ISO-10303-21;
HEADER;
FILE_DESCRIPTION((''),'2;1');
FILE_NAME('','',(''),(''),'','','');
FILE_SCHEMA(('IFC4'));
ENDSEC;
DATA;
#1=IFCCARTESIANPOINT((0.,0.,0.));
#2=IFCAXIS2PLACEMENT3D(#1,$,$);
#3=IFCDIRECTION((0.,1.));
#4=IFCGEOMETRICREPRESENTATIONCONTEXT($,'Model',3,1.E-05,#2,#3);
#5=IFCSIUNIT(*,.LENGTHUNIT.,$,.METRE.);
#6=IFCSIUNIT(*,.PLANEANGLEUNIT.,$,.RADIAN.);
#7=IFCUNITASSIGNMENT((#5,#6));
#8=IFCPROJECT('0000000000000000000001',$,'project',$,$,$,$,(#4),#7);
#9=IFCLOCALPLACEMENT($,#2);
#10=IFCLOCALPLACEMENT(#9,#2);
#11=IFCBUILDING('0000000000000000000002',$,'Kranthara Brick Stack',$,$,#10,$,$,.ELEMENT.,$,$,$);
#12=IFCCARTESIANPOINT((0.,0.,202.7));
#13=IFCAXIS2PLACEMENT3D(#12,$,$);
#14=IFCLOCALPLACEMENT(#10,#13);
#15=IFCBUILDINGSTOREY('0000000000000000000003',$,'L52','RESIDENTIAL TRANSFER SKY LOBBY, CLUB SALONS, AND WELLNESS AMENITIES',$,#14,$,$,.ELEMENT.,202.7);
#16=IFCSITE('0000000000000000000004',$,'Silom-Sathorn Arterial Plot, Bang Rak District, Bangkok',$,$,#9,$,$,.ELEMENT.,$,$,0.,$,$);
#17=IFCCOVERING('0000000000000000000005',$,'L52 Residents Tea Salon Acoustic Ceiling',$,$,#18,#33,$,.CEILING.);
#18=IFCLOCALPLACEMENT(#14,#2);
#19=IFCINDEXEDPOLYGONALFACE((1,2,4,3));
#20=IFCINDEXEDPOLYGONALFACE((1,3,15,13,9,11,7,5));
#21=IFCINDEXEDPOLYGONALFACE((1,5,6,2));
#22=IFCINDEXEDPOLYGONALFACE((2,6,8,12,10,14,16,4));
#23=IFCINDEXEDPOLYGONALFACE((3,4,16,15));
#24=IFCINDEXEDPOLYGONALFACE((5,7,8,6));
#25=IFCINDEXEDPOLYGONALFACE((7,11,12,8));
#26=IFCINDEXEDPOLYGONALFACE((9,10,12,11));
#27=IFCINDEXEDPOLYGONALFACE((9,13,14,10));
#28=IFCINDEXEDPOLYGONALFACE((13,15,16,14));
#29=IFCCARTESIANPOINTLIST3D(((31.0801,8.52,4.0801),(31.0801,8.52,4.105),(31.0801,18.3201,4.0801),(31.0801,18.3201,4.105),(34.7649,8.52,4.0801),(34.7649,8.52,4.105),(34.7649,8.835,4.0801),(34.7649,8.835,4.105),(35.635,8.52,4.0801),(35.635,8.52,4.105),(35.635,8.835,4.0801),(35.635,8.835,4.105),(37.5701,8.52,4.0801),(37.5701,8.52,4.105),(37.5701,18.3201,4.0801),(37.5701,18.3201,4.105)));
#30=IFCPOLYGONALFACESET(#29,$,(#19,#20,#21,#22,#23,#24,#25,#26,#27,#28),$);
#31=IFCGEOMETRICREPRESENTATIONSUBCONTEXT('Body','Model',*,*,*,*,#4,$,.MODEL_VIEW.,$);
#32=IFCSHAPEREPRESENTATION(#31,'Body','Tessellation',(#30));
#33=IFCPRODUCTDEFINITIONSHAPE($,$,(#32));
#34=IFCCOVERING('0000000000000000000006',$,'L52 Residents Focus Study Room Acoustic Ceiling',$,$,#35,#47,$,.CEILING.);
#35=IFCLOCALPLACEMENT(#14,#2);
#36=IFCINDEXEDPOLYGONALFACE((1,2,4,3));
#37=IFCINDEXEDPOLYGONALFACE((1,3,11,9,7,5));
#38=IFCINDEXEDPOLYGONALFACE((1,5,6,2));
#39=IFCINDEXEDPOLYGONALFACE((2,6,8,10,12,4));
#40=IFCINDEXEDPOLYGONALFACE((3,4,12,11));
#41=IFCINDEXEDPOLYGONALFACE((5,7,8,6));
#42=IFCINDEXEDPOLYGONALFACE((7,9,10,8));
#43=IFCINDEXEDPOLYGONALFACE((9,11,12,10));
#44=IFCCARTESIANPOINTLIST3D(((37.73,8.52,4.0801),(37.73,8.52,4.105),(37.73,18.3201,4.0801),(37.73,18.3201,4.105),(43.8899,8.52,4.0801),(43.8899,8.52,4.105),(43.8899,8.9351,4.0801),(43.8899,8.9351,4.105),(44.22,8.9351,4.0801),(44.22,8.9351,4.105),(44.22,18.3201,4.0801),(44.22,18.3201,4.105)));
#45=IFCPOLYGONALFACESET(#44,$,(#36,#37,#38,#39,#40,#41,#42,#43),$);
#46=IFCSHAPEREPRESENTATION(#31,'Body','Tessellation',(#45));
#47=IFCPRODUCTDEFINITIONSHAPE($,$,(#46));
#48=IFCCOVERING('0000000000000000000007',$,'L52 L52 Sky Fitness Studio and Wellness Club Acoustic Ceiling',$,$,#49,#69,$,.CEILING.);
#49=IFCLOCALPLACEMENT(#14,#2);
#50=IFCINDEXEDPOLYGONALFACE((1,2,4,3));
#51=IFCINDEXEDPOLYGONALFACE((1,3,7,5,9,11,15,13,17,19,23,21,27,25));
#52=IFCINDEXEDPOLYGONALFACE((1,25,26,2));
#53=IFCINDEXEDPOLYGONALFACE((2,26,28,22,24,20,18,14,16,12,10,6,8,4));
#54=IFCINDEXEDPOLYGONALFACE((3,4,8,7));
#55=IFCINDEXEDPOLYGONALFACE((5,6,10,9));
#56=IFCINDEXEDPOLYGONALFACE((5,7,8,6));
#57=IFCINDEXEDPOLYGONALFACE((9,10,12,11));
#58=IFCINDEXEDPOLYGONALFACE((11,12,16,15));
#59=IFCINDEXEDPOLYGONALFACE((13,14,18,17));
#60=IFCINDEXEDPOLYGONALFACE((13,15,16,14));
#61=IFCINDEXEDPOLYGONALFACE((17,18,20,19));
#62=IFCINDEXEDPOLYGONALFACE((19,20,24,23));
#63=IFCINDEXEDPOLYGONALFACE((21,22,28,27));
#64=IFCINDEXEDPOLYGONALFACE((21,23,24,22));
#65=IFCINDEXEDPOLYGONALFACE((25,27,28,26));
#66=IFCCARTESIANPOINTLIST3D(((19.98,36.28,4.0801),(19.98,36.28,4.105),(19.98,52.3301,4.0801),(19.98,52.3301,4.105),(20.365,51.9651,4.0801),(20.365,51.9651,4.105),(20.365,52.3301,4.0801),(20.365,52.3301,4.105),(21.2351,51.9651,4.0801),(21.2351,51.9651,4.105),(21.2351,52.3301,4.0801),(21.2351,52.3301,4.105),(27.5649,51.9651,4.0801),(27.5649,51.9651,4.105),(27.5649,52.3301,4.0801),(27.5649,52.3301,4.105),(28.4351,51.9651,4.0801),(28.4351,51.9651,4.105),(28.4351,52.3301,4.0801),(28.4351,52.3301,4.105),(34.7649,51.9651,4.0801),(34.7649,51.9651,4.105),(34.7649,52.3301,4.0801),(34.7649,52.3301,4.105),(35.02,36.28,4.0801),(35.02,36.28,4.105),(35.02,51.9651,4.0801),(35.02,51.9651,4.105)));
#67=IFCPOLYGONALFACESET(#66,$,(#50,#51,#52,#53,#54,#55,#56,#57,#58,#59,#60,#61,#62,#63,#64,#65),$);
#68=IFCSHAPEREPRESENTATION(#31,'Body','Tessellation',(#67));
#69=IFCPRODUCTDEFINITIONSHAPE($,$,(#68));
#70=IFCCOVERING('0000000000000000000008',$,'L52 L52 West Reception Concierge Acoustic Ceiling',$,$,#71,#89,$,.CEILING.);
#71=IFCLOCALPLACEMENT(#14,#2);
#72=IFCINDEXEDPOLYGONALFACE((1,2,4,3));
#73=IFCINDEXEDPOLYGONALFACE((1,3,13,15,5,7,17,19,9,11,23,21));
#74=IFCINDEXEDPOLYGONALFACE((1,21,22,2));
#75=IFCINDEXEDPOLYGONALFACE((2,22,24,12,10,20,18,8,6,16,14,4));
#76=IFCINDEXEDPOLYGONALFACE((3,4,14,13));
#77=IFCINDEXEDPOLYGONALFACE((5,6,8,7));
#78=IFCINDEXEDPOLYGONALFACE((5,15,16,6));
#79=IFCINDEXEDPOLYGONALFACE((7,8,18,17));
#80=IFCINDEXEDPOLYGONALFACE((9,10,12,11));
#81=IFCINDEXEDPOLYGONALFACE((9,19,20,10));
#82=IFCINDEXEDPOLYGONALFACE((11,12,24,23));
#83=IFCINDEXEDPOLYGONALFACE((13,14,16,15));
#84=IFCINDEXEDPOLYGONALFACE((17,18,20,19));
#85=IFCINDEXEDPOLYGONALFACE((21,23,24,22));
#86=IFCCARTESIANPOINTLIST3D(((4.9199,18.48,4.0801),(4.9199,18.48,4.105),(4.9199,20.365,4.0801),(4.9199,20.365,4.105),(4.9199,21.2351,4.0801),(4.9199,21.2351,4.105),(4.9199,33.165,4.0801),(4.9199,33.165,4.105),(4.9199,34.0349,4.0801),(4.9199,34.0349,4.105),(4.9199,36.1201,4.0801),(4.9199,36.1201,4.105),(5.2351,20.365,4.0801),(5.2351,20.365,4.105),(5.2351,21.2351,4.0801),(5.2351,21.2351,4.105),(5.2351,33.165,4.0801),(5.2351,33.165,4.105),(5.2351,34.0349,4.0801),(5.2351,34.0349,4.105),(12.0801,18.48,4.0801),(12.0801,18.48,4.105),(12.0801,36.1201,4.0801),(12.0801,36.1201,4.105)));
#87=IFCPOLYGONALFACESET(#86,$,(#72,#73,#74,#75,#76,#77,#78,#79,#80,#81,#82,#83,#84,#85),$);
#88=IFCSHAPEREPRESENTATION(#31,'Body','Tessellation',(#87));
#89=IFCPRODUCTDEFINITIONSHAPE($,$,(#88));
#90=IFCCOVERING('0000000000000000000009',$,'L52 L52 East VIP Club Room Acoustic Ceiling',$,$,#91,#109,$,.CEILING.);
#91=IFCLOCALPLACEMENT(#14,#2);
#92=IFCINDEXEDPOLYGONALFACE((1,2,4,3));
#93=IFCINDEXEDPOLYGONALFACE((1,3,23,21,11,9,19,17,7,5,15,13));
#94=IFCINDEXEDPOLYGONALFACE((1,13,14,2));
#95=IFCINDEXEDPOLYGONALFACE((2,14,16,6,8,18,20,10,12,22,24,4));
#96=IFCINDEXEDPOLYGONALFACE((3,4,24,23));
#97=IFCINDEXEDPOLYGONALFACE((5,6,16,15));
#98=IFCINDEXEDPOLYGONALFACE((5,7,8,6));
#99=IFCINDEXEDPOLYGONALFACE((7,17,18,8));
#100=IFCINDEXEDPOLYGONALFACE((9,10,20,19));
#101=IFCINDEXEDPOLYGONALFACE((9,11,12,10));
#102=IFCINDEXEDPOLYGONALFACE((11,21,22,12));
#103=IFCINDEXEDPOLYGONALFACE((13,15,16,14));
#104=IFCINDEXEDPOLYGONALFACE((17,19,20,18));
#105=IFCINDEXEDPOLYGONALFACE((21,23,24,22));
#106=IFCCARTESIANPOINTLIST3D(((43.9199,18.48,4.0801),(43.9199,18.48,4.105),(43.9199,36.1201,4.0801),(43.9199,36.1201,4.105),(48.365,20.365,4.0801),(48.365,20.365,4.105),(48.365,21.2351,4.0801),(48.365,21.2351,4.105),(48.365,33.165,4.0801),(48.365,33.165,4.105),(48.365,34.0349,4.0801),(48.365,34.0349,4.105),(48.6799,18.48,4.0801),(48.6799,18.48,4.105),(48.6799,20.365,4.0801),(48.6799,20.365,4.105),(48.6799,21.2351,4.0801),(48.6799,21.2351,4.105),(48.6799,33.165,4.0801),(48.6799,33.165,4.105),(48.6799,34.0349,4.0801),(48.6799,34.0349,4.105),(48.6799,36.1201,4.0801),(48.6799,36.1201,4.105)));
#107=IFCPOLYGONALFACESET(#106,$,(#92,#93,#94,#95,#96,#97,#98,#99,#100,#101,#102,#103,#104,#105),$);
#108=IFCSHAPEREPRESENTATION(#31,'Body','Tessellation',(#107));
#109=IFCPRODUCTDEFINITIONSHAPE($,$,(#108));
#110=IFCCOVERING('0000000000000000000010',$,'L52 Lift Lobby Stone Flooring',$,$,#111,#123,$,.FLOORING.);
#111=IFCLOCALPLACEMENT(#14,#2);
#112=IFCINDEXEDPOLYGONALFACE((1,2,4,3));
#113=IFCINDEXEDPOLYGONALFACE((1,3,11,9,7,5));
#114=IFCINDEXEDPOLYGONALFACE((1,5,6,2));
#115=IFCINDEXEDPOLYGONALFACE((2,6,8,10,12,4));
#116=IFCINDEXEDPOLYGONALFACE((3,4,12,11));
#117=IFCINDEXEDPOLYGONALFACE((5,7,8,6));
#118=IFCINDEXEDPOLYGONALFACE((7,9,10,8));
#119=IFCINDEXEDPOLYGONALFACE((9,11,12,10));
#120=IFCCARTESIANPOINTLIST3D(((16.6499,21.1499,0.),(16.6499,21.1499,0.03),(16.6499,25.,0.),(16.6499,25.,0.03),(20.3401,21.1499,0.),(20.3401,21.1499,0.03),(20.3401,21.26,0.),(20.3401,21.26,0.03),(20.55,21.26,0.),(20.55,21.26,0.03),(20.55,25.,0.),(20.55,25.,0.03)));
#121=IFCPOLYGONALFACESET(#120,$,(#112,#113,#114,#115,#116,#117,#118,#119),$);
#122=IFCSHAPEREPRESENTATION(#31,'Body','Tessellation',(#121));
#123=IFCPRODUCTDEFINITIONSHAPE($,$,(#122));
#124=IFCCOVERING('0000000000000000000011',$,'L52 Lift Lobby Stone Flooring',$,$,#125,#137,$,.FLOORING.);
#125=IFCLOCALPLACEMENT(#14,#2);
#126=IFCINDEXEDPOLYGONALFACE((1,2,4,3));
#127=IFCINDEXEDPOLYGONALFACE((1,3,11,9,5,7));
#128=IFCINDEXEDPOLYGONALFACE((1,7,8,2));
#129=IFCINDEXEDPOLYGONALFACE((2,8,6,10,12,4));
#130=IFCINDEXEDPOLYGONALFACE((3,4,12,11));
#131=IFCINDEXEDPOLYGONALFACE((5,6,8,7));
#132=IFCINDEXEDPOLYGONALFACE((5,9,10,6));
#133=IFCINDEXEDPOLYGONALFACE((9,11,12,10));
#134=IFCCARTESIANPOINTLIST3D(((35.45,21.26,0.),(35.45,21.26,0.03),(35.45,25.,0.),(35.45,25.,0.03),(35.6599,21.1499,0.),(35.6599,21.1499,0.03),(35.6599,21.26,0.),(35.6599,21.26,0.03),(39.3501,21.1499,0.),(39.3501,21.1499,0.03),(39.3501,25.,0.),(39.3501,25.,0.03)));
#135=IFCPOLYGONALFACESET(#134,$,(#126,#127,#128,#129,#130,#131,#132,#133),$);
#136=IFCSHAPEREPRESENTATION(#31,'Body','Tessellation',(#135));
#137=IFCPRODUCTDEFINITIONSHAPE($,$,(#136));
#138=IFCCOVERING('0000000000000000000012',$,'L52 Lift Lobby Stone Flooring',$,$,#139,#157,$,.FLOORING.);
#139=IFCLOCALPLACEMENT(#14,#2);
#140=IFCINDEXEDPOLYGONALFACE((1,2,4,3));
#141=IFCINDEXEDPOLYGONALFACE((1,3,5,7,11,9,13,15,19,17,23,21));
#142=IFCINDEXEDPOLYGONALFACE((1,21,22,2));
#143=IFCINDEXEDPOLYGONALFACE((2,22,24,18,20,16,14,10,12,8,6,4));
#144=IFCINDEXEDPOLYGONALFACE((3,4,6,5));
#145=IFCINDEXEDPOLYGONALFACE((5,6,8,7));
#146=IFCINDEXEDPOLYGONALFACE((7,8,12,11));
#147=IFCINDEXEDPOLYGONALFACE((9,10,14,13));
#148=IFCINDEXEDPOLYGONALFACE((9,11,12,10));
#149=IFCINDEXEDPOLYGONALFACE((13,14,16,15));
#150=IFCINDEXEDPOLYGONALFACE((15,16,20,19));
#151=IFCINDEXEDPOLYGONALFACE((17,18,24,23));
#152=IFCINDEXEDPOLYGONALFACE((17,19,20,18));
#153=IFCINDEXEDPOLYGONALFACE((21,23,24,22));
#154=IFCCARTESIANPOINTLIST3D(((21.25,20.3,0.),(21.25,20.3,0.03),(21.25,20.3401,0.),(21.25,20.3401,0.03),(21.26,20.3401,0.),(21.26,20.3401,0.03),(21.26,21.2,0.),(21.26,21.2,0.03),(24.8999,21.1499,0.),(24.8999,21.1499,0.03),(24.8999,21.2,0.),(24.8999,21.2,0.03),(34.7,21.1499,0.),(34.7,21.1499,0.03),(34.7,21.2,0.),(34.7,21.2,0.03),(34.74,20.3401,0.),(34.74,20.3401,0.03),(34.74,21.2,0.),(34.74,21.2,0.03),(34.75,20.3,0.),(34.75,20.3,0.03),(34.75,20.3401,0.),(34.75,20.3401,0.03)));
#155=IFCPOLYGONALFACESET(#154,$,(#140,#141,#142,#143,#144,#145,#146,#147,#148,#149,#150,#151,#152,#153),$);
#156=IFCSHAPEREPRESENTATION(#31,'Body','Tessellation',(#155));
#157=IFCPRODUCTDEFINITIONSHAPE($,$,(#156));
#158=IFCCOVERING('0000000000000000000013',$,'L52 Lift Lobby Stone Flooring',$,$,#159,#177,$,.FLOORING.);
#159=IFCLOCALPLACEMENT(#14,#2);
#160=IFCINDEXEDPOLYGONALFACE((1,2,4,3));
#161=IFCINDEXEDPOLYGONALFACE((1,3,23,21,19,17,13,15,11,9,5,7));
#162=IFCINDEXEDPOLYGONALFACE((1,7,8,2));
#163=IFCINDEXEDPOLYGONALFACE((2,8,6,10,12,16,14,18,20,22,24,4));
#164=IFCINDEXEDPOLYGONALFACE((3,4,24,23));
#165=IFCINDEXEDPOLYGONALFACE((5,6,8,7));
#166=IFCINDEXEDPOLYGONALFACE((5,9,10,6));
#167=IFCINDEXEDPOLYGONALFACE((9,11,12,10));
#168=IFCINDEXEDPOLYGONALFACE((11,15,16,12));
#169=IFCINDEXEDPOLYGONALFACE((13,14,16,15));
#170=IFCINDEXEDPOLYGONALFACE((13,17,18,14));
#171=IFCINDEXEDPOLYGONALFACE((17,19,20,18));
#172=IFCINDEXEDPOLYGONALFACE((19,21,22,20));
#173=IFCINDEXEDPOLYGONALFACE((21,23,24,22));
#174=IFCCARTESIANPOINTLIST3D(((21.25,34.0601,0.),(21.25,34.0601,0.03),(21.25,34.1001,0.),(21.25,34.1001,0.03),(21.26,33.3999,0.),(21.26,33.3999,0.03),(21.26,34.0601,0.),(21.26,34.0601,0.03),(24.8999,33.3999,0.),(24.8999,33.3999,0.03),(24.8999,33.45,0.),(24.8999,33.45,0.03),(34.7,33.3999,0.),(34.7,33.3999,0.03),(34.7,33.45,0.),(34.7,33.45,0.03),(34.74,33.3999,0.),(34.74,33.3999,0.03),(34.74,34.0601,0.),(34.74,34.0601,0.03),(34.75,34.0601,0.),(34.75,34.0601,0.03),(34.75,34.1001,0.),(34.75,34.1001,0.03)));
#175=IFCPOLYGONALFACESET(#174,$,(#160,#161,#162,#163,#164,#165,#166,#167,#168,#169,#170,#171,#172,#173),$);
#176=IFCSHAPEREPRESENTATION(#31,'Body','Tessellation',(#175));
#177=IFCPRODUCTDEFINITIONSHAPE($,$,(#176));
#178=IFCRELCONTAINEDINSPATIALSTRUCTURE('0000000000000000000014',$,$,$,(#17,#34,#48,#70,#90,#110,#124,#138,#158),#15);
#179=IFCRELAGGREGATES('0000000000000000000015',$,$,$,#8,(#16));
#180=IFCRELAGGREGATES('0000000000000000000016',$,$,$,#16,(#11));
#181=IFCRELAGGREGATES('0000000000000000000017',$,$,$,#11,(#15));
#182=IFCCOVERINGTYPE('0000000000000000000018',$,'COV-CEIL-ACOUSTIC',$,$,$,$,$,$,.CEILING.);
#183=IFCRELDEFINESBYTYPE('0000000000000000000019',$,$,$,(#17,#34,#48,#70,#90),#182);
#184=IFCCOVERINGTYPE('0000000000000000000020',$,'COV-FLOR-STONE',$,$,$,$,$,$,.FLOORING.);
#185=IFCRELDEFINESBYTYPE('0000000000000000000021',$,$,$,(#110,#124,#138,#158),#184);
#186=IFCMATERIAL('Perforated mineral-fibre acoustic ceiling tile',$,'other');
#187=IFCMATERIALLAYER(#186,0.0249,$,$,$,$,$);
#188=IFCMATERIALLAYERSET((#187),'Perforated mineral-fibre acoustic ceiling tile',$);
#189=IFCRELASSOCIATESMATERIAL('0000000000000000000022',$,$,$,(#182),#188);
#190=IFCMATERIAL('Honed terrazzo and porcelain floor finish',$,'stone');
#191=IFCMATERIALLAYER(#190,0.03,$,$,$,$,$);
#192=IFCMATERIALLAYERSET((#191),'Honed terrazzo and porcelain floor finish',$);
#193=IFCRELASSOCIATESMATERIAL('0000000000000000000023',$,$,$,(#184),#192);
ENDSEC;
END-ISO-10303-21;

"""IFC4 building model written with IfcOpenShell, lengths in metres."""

from ifc_helpers import new_model, si_unit, direction, frame, origin, place, context, subcontext, project, spatial, polyline, outline, extrude, material, layer, layer_set, type_object, element, save


model = new_model("IFC4")

# Units and contexts
model_context = context("Model", 3, precision=1e-05, world=origin(), true_north=direction((0.0, 1.0)))
body_context = subcontext(model_context, "Body", "Model", "MODEL_VIEW")
ifc_project = project(units=[si_unit("LENGTHUNIT", "METRE"), si_unit("PLANEANGLEUNIT", "RADIAN")], contexts=[model_context])

# Site, building, storey
site_placement = place(None, origin())
site = spatial("IfcSite", under=ifc_project, at=site_placement, Name="Silom-Sathorn Arterial Plot, Bang Rak District, Bangkok", CompositionType="ELEMENT", RefElevation=0.0)
building_placement = place(site_placement, origin())
building = spatial("IfcBuilding", under=site, at=building_placement, Name="Kranthara Brick Stack", CompositionType="ELEMENT")
storey_placement = place(building_placement, frame((0.0, 0.0, 202.7)))
storey = spatial("IfcBuildingStorey", under=building, at=storey_placement, Name="L52", Description="RESIDENTIAL TRANSFER SKY LOBBY, CLUB SALONS, AND WELLNESS AMENITIES", CompositionType="ELEMENT", Elevation=202.7)

# Coverings
ifc_material_1 = material(Name="Perforated mineral-fibre acoustic ceiling tile", Category="other")
ifc_layer_1 = layer(ifc_material_1, 0.0249)
ifc_layer_set_1 = layer_set([ifc_layer_1], Name="Perforated mineral-fibre acoustic ceiling tile")
covering_type_1 = type_object("IfcCoveringType", Name="COV-CEIL-ACOUSTIC", PredefinedType="CEILING", material=ifc_layer_set_1)
covering_1_placement = place(storey_placement, frame((0.0, 0.0, 4.0801)))
element("IfcCovering", 1, at=covering_1_placement, inside=storey, type_object=covering_type_1, Name="L52 Residents Tea Salon Acoustic Ceiling", PredefinedType="CEILING", context=body_context, shape_type="SweptSolid", body=[
    extrude(outline(polyline([(31.0801, 8.52), (31.0801, 18.3201), (37.5701, 18.3201), (37.5701, 8.52), (35.635, 8.52), (35.635, 8.835), (34.7649, 8.835), (34.7649, 8.52), (31.0801, 8.52)])), origin(), (0.0, 0.0, 1.0), 0.0249),
])
covering_2_placement = place(storey_placement, frame((0.0, 0.0, 4.0801)))
element("IfcCovering", 2, at=covering_2_placement, inside=storey, type_object=covering_type_1, Name="L52 Residents Focus Study Room Acoustic Ceiling", PredefinedType="CEILING", context=body_context, shape_type="SweptSolid", body=[
    extrude(outline(polyline([(37.73, 8.52), (37.73, 18.3201), (44.22, 18.3201), (44.22, 8.9351), (43.8899, 8.9351), (43.8899, 8.52), (37.73, 8.52)])), origin(), (0.0, 0.0, 1.0), 0.0249),
])
covering_3_placement = place(storey_placement, frame((0.0, 0.0, 4.0801)))
element("IfcCovering", 3, at=covering_3_placement, inside=storey, type_object=covering_type_1, Name="L52 L52 Sky Fitness Studio and Wellness Club Acoustic Ceiling", PredefinedType="CEILING", context=body_context, shape_type="SweptSolid", body=[
    extrude(outline(polyline([(19.98, 36.28), (19.98, 52.3301), (20.365, 52.3301), (20.365, 51.9651), (21.2351, 51.9651), (21.2351, 52.3301), (27.5649, 52.3301), (27.5649, 51.9651), (28.4351, 51.9651), (28.4351, 52.3301), (34.7649, 52.3301), (34.7649, 51.9651), (35.02, 51.9651), (35.02, 36.28), (19.98, 36.28)])), origin(), (0.0, 0.0, 1.0), 0.0249),
])
covering_4_placement = place(storey_placement, frame((0.0, 0.0, 4.0801)))
element("IfcCovering", 4, at=covering_4_placement, inside=storey, type_object=covering_type_1, Name="L52 L52 West Reception Concierge Acoustic Ceiling", PredefinedType="CEILING", context=body_context, shape_type="SweptSolid", body=[
    extrude(outline(polyline([(12.0801, 36.1201), (12.0801, 18.48), (4.9199, 18.48), (4.9199, 20.365), (5.2351, 20.365), (5.2351, 21.2351), (4.9199, 21.2351), (4.9199, 33.165), (5.2351, 33.165), (5.2351, 34.0349), (4.9199, 34.0349), (4.9199, 36.1201), (12.0801, 36.1201)])), origin(), (0.0, 0.0, 1.0), 0.0249),
])
covering_5_placement = place(storey_placement, frame((0.0, 0.0, 4.0801)))
element("IfcCovering", 5, at=covering_5_placement, inside=storey, type_object=covering_type_1, Name="L52 L52 East VIP Club Room Acoustic Ceiling", PredefinedType="CEILING", context=body_context, shape_type="SweptSolid", body=[
    extrude(outline(polyline([(43.9199, 18.48), (43.9199, 36.1201), (48.6799, 36.1201), (48.6799, 34.0349), (48.365, 34.0349), (48.365, 33.165), (48.6799, 33.165), (48.6799, 21.2351), (48.365, 21.2351), (48.365, 20.365), (48.6799, 20.365), (48.6799, 18.48), (43.9199, 18.48)])), origin(), (0.0, 0.0, 1.0), 0.0249),
])
ifc_material_2 = material(Name="Honed terrazzo and porcelain floor finish", Category="stone")
ifc_layer_2 = layer(ifc_material_2, 0.03)
ifc_layer_set_2 = layer_set([ifc_layer_2], Name="Honed terrazzo and porcelain floor finish")
covering_type_2 = type_object("IfcCoveringType", Name="COV-FLOR-STONE", PredefinedType="FLOORING", material=ifc_layer_set_2)
covering_6_placement = place(storey_placement, origin())
element("IfcCovering", 6, at=covering_6_placement, inside=storey, type_object=covering_type_2, Name="L52 Lift Lobby Stone Flooring", PredefinedType="FLOORING", context=body_context, shape_type="SweptSolid", body=[
    extrude(outline(polyline([(16.6499, 21.1499), (16.6499, 25.0), (20.55, 25.0), (20.55, 21.26), (20.3401, 21.26), (20.3401, 21.1499), (16.6499, 21.1499)])), origin(), (0.0, 0.0, 1.0), 0.03),
])
covering_7_placement = place(storey_placement, origin())
element("IfcCovering", 7, at=covering_7_placement, inside=storey, type_object=covering_type_2, Name="L52 Lift Lobby Stone Flooring", PredefinedType="FLOORING", context=body_context, shape_type="SweptSolid", body=[
    extrude(outline(polyline([(35.45, 25.0), (39.3501, 25.0), (39.3501, 21.1499), (35.6599, 21.1499), (35.6599, 21.26), (35.45, 21.26), (35.45, 25.0)])), origin(), (0.0, 0.0, 1.0), 0.03),
])
covering_8_placement = place(storey_placement, origin())
element("IfcCovering", 8, at=covering_8_placement, inside=storey, type_object=covering_type_2, Name="L52 Lift Lobby Stone Flooring", PredefinedType="FLOORING", context=body_context, shape_type="SweptSolid", body=[
    extrude(outline(polyline([(21.25, 20.3), (21.25, 20.3401), (21.26, 20.3401), (21.26, 21.2), (24.8999, 21.2), (24.8999, 21.1499), (34.7, 21.1499), (34.7, 21.2), (34.74, 21.2), (34.74, 20.3401), (34.75, 20.3401), (34.75, 20.3), (21.25, 20.3)])), origin(), (0.0, 0.0, 1.0), 0.03),
])
covering_9_placement = place(storey_placement, origin())
element("IfcCovering", 9, at=covering_9_placement, inside=storey, type_object=covering_type_2, Name="L52 Lift Lobby Stone Flooring", PredefinedType="FLOORING", context=body_context, shape_type="SweptSolid", body=[
    extrude(outline(polyline([(34.75, 34.0601), (34.74, 34.0601), (34.74, 33.3999), (34.7, 33.3999), (34.7, 33.45), (24.8999, 33.45), (24.8999, 33.3999), (21.26, 33.3999), (21.26, 34.0601), (21.25, 34.0601), (21.25, 34.1001), (34.75, 34.1001), (34.75, 34.0601)])), origin(), (0.0, 0.0, 1.0), 0.03),
])

save(model, "model.ifc")
